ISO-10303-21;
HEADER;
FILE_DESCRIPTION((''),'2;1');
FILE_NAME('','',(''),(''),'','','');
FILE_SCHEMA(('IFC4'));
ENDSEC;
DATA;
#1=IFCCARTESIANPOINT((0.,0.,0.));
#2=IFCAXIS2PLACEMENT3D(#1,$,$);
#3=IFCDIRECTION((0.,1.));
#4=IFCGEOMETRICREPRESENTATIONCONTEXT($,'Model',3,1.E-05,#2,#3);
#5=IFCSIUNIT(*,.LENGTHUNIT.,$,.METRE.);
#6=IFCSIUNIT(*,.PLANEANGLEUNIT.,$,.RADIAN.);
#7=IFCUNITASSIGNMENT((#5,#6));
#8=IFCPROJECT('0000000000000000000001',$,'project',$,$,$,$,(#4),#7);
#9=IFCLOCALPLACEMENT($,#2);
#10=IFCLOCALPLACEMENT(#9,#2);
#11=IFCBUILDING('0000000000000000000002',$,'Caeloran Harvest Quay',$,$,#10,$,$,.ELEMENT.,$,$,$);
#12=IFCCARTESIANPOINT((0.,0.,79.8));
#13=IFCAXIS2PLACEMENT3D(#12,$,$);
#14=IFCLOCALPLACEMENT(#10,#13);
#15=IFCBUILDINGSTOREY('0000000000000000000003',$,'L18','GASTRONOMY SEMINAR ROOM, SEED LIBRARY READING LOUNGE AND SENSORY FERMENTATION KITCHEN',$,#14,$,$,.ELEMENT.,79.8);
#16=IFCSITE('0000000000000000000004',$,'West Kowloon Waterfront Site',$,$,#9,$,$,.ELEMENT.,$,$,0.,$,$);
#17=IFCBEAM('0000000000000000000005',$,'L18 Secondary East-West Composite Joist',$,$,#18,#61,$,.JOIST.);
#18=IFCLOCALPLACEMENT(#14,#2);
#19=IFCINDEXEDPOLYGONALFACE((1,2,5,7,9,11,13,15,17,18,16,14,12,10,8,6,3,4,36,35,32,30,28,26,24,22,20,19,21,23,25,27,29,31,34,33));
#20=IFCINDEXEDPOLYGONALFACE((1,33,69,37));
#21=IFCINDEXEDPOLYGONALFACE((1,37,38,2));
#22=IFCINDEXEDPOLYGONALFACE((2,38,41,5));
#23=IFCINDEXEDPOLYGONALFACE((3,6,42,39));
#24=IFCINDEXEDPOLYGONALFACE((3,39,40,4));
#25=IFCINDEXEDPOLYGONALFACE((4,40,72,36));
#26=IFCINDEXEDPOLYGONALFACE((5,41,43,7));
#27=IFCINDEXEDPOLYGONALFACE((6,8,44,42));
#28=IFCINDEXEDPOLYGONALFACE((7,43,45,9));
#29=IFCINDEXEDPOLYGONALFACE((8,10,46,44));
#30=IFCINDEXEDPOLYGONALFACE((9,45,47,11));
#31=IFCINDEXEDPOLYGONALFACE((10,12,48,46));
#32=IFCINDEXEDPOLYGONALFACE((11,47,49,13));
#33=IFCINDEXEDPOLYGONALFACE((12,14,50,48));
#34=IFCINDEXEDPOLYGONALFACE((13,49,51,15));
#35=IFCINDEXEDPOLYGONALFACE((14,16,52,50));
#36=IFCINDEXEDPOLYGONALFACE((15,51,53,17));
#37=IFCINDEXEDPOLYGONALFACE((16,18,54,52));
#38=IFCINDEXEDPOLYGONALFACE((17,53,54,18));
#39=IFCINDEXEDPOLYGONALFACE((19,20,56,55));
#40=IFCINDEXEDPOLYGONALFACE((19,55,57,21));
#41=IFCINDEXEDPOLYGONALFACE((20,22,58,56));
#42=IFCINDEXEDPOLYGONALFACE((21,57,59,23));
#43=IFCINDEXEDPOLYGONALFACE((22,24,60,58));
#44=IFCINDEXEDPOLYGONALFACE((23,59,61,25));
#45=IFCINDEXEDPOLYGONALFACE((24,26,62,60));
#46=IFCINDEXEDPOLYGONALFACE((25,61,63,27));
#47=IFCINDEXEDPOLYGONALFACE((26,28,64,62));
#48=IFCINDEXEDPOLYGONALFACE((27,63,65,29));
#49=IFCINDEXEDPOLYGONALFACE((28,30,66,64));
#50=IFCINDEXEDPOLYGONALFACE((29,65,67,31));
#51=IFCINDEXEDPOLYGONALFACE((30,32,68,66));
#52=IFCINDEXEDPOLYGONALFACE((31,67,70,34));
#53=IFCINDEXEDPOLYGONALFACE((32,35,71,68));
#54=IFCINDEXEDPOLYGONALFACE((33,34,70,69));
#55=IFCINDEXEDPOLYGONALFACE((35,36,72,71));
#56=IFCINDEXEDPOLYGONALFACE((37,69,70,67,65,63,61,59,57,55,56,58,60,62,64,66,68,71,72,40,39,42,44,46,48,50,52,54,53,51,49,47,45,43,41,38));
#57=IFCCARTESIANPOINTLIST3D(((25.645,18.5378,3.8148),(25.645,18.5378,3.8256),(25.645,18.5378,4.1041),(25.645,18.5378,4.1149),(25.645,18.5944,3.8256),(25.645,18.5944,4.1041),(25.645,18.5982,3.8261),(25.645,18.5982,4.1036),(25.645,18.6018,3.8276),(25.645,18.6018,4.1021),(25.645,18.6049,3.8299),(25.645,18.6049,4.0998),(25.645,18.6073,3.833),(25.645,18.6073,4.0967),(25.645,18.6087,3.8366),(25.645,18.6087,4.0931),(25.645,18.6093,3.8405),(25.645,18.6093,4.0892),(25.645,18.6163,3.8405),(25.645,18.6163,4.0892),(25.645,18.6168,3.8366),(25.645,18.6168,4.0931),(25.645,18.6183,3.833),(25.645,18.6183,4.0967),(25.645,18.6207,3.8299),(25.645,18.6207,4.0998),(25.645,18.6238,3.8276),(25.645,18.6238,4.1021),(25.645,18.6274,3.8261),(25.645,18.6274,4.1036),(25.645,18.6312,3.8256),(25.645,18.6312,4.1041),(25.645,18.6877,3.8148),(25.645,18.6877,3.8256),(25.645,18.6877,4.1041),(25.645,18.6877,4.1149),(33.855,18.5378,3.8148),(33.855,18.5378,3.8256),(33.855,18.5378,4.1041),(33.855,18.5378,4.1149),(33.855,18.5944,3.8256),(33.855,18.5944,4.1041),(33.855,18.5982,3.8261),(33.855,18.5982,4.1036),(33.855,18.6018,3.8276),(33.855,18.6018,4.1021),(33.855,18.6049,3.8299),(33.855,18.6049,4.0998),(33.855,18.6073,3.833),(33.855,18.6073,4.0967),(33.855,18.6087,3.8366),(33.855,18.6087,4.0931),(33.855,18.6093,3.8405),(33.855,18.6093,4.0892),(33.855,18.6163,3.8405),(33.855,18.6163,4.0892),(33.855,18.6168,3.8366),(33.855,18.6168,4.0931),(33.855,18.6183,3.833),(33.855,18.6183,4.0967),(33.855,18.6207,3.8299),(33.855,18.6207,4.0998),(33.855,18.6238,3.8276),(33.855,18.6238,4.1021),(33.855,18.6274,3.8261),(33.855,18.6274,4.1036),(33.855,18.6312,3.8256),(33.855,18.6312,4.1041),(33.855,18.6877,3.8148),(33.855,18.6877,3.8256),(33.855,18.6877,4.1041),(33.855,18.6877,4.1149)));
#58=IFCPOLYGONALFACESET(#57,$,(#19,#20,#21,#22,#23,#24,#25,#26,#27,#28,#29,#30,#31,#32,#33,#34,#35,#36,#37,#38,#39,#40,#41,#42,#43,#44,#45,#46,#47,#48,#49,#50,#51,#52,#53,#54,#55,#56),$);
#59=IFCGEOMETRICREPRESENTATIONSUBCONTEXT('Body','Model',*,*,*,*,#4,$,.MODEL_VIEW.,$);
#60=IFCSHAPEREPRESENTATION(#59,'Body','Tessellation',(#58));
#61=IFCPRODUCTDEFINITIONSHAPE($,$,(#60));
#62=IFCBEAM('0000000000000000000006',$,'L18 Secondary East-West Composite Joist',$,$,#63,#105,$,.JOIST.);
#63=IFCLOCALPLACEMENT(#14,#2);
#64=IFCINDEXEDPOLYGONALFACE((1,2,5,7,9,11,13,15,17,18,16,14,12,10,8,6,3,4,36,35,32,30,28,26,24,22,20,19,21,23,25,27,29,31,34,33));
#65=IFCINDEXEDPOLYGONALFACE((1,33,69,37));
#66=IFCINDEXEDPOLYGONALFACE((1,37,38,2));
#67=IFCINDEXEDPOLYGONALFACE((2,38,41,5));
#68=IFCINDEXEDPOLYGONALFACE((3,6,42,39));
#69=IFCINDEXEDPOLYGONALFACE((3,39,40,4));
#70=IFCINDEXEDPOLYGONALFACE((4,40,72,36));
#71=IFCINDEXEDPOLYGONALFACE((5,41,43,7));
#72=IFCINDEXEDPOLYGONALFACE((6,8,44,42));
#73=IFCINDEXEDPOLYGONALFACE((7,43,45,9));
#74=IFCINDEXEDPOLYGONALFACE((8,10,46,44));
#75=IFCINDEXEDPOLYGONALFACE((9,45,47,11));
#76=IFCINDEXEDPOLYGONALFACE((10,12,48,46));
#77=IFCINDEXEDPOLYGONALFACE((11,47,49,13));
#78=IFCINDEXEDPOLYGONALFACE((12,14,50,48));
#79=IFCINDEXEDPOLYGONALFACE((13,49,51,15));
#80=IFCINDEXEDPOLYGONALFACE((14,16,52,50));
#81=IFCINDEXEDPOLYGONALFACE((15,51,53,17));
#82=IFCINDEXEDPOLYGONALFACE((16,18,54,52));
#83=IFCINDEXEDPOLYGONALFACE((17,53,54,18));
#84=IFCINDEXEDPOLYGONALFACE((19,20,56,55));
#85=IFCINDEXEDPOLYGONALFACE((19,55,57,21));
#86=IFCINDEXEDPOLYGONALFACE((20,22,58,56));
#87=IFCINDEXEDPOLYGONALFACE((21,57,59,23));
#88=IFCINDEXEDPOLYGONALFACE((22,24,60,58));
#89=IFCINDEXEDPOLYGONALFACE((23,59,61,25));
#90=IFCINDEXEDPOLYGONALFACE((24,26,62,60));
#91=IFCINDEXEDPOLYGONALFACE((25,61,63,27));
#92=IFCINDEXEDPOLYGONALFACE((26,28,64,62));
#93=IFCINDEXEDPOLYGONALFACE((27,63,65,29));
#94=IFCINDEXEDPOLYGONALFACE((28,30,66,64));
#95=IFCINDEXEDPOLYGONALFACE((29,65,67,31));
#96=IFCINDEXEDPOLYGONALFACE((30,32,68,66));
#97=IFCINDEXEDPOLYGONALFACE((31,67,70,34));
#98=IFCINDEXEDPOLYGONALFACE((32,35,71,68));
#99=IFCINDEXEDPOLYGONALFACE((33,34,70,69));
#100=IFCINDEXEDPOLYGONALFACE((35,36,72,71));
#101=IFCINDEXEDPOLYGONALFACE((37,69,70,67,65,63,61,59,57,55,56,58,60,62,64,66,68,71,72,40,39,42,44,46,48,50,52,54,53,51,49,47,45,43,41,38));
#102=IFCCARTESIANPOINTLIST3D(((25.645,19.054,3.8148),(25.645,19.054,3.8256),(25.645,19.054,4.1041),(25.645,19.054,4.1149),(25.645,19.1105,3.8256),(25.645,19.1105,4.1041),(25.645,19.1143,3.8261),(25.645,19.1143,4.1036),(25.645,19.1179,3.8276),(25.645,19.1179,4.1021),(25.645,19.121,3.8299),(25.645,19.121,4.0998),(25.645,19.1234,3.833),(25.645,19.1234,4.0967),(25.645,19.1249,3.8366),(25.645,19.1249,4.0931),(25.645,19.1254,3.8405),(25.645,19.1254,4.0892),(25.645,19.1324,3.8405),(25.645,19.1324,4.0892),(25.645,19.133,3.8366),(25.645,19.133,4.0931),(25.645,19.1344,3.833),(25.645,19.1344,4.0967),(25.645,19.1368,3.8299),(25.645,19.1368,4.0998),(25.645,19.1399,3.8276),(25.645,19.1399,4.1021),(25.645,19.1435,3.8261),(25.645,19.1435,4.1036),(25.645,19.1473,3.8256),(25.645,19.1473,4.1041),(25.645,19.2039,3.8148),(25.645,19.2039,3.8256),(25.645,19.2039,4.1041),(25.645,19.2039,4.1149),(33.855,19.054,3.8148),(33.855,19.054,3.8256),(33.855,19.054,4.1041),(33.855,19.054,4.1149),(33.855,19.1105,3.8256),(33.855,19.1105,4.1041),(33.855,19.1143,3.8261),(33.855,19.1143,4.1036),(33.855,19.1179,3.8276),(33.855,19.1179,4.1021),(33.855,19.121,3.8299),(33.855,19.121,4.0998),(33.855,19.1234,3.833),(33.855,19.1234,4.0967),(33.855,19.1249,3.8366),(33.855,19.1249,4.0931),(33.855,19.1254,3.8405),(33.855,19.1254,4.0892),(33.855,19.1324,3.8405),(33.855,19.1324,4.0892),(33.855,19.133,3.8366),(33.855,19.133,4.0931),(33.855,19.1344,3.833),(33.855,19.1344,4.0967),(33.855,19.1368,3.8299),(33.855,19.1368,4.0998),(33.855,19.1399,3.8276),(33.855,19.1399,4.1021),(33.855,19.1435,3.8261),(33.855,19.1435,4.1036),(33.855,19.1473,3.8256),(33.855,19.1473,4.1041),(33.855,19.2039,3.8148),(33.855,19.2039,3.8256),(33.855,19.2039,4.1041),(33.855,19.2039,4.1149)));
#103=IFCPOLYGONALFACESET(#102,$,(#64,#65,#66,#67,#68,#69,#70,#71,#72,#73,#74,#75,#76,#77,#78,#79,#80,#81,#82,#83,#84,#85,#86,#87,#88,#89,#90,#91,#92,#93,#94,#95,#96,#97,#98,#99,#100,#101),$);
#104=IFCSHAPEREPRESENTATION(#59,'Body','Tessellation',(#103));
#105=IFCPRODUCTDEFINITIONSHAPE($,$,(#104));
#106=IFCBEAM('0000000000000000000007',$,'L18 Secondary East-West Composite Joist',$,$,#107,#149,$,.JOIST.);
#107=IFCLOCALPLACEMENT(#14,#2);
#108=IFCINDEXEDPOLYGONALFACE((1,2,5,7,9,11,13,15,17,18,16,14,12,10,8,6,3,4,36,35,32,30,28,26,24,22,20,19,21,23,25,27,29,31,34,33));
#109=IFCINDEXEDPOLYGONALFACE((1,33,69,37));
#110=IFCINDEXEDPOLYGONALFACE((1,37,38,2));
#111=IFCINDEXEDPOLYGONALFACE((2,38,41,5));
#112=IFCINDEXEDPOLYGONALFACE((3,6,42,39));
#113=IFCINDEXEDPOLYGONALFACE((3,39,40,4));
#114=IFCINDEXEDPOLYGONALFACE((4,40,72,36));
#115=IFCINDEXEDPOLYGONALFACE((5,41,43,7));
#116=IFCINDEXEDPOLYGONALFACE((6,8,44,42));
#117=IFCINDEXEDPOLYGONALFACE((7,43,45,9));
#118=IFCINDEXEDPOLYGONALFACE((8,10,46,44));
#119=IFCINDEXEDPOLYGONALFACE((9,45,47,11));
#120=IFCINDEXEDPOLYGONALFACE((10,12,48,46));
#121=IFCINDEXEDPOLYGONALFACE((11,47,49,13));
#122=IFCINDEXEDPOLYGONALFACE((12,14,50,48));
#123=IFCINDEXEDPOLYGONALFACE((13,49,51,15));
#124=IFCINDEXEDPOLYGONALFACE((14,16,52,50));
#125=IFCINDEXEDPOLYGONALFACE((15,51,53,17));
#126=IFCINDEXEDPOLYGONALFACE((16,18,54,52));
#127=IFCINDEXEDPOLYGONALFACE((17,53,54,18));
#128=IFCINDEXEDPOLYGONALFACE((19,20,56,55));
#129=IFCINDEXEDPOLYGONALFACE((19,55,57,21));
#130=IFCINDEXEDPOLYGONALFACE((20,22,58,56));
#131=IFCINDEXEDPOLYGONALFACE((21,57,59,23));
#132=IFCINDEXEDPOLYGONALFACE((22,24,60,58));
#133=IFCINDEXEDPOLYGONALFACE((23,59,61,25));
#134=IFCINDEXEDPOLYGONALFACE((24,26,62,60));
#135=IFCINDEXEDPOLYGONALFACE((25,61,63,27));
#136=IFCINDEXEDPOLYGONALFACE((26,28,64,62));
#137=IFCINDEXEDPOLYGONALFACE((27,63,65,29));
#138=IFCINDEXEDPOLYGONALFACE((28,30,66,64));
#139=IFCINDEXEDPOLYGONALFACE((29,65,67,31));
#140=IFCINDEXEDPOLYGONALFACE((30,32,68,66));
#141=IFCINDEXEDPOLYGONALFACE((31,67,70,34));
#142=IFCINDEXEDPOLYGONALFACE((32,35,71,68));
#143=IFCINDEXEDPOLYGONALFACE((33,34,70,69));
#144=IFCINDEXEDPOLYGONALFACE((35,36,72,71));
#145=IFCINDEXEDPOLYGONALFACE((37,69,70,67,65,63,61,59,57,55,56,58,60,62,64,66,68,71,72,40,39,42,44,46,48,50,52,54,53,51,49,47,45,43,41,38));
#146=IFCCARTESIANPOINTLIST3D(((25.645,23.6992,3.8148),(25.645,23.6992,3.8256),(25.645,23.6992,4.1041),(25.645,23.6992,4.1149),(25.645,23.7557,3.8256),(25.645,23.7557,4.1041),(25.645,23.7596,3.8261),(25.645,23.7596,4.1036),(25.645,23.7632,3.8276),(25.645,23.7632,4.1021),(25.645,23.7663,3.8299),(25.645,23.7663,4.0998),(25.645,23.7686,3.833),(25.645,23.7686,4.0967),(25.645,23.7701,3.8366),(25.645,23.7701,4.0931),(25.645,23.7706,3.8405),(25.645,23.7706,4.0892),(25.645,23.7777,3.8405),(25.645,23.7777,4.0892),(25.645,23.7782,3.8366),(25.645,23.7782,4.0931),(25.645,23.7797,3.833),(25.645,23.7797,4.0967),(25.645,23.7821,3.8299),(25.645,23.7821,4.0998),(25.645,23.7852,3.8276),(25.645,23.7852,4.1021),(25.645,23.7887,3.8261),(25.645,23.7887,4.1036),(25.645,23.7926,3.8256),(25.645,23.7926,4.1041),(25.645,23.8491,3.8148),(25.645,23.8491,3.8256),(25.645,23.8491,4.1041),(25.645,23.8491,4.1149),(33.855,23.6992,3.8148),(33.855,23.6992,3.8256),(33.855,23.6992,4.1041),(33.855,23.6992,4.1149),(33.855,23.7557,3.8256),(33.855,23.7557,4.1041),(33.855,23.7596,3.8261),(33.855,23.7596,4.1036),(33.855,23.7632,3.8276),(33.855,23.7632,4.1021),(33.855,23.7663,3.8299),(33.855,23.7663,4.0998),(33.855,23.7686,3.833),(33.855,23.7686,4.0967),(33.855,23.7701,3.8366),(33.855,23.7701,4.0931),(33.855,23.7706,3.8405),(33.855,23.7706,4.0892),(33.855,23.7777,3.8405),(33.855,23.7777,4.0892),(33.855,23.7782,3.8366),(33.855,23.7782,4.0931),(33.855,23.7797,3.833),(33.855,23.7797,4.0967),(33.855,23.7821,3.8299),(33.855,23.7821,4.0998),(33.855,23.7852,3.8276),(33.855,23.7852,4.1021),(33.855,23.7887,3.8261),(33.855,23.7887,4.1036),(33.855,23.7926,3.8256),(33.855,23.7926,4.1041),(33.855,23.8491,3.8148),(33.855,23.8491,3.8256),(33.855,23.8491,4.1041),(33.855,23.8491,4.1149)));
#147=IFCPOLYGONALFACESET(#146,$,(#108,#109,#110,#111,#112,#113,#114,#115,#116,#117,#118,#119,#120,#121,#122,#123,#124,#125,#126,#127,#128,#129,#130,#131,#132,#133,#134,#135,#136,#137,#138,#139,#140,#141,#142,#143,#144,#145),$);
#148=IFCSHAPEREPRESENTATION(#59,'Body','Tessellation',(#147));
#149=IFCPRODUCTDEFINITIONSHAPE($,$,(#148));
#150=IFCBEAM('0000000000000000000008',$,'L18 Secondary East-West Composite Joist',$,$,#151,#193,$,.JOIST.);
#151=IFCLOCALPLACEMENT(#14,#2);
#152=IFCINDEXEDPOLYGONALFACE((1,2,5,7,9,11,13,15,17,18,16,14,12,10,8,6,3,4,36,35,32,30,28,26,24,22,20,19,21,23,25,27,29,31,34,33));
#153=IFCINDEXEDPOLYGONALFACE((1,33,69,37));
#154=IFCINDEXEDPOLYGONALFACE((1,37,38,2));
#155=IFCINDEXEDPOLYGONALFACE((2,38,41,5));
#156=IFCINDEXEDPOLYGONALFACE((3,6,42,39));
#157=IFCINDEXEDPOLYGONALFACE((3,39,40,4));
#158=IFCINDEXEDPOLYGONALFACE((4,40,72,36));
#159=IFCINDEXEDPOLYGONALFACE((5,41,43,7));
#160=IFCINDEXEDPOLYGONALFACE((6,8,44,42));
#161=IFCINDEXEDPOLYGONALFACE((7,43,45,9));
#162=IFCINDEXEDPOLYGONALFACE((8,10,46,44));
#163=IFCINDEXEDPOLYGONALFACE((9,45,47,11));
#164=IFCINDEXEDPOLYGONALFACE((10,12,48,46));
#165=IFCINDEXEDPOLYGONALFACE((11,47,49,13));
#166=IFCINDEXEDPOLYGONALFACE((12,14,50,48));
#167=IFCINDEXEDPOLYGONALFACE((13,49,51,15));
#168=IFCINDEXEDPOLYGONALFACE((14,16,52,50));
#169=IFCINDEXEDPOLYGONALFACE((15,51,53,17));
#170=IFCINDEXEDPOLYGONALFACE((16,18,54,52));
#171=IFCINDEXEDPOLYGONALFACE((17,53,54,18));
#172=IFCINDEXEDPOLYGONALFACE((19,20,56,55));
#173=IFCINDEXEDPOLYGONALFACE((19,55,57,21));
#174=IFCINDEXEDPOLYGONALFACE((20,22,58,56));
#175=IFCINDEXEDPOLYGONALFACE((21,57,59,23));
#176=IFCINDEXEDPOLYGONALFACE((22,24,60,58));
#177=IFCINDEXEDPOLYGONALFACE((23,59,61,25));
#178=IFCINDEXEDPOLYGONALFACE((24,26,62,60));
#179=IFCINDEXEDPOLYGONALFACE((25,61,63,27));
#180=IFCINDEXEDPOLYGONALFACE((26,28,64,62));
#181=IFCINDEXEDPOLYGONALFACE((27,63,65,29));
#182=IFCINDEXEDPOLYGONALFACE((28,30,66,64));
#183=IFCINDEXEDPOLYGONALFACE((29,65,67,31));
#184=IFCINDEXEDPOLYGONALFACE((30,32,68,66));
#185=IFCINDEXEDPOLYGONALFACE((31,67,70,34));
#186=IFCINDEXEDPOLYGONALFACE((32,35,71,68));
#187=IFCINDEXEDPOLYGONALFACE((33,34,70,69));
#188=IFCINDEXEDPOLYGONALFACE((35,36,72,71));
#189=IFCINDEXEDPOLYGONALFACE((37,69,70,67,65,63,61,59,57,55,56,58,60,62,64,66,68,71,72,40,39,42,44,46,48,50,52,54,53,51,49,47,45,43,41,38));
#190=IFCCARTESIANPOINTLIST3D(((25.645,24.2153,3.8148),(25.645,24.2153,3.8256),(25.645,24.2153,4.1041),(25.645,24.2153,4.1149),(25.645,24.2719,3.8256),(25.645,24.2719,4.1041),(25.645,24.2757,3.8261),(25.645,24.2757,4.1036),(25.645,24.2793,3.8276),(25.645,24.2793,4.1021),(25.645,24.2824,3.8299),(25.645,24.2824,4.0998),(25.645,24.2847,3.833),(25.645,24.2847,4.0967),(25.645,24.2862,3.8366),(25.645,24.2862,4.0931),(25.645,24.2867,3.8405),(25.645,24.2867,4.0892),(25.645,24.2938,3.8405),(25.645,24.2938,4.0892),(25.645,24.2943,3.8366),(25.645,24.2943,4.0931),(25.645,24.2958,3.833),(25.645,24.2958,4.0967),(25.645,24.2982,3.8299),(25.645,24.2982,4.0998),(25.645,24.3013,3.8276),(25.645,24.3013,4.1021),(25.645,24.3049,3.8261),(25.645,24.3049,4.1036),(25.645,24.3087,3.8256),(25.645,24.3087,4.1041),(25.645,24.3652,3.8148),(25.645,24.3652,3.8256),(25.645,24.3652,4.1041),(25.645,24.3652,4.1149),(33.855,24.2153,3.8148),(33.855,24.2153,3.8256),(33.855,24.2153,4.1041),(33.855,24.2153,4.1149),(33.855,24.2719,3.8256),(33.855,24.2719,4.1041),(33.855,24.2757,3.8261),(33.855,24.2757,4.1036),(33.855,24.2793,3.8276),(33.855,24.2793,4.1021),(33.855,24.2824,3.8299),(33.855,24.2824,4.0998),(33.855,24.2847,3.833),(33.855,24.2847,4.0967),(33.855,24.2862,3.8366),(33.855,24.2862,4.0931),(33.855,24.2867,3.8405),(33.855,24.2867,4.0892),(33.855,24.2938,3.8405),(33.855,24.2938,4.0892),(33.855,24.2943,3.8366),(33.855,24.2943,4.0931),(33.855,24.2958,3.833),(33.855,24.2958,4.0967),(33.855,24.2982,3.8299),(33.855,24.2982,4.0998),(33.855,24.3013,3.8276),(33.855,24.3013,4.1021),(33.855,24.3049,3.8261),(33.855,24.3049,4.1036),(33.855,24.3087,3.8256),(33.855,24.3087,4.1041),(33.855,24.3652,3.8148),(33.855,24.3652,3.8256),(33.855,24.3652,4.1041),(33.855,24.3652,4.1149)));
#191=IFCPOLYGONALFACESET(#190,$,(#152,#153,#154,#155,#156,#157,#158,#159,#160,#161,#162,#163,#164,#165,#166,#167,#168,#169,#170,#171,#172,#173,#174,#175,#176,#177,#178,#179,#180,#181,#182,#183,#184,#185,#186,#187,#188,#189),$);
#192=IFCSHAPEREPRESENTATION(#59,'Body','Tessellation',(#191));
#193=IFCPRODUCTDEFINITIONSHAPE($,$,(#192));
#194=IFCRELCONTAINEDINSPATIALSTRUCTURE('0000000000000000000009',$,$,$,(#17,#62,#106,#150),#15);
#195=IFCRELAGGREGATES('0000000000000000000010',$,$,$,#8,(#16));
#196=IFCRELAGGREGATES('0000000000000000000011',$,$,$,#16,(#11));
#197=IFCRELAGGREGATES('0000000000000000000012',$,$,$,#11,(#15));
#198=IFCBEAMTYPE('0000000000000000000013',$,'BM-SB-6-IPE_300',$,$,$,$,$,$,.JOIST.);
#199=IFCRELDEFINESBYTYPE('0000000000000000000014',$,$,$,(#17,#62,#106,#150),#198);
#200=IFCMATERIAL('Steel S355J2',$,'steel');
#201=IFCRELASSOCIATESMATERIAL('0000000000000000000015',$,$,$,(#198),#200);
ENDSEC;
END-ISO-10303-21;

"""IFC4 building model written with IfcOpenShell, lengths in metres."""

from ifc_helpers import new_model, si_unit, direction, frame, origin, origin_2d, place, context, subcontext, project, spatial, i_section, extrude, material, material_profile, profile_set, type_object, element, save


model = new_model("IFC4")

# Units and contexts
model_context = context("Model", 3, precision=1e-05, world=origin(), true_north=direction((0.0, 1.0)))
body_context = subcontext(model_context, "Body", "Model", "MODEL_VIEW")
ifc_project = project(units=[si_unit("LENGTHUNIT", "METRE"), si_unit("PLANEANGLEUNIT", "RADIAN")], contexts=[model_context])

# Site, building, storey
site_placement = place(None, origin())
site = spatial("IfcSite", under=ifc_project, at=site_placement, Name="West Kowloon Waterfront Site", CompositionType="ELEMENT", RefElevation=0.0)
building_placement = place(site_placement, origin())
building = spatial("IfcBuilding", under=site, at=building_placement, Name="Caeloran Harvest Quay", CompositionType="ELEMENT")
storey_placement = place(building_placement, frame((0.0, 0.0, 79.8)))
storey = spatial("IfcBuildingStorey", under=building, at=storey_placement, Name="L18", Description="GASTRONOMY SEMINAR ROOM, SEED LIBRARY READING LOUNGE AND SENSORY FERMENTATION KITCHEN", CompositionType="ELEMENT", Elevation=79.8)

# Beams
ifc_material_1 = material(Name="Steel S355J2", Category="steel")
ifc_material_profile_1 = material_profile(ifc_material_1, i_section(OverallWidth=0.1499, OverallDepth=0.3, WebThickness=0.0071, FlangeThickness=0.0107, FilletRadius=0.0149, at=origin_2d()), Name="IPE 300")
ifc_profile_set_1 = profile_set([ifc_material_profile_1], Name="Steel S355J2")
beam_type_1 = type_object("IfcBeamType", Name="BM-SB-6-IPE_300", PredefinedType="JOIST", material=ifc_profile_set_1)
for number, where, z_axis, x_axis, name in (
    (1, (25.645, 18.6128, 3.9648), (1.0, 0.0, 0.0), (0.0, 1.0, 0.0), "L18 Secondary East-West Composite Joist"),
    (2, (25.645, 19.1289, 3.9648), (1.0, 0.0, 0.0), (0.0, 1.0, 0.0), "L18 Secondary East-West Composite Joist"),
    (3, (25.645, 23.7742, 3.9648), (1.0, 0.0, 0.0), (0.0, 1.0, 0.0), "L18 Secondary East-West Composite Joist"),
    (4, (25.645, 24.2903, 3.9648), (1.0, 0.0, 0.0), (0.0, 1.0, 0.0), "L18 Secondary East-West Composite Joist"),
):
    element("IfcBeam", number, at=place(storey_placement, frame(where, z_axis=z_axis, x_axis=x_axis)), inside=storey, type_object=beam_type_1, Name=name, PredefinedType="JOIST", context=body_context, shape_type="SweptSolid", body=[
        extrude(i_section(OverallWidth=0.1499, OverallDepth=0.3, WebThickness=0.0071, FlangeThickness=0.0107, FilletRadius=0.0149, at=origin_2d()), origin(), (0.0, 0.0, 1.0), 8.21),
    ])

save(model, "model.ifc")
